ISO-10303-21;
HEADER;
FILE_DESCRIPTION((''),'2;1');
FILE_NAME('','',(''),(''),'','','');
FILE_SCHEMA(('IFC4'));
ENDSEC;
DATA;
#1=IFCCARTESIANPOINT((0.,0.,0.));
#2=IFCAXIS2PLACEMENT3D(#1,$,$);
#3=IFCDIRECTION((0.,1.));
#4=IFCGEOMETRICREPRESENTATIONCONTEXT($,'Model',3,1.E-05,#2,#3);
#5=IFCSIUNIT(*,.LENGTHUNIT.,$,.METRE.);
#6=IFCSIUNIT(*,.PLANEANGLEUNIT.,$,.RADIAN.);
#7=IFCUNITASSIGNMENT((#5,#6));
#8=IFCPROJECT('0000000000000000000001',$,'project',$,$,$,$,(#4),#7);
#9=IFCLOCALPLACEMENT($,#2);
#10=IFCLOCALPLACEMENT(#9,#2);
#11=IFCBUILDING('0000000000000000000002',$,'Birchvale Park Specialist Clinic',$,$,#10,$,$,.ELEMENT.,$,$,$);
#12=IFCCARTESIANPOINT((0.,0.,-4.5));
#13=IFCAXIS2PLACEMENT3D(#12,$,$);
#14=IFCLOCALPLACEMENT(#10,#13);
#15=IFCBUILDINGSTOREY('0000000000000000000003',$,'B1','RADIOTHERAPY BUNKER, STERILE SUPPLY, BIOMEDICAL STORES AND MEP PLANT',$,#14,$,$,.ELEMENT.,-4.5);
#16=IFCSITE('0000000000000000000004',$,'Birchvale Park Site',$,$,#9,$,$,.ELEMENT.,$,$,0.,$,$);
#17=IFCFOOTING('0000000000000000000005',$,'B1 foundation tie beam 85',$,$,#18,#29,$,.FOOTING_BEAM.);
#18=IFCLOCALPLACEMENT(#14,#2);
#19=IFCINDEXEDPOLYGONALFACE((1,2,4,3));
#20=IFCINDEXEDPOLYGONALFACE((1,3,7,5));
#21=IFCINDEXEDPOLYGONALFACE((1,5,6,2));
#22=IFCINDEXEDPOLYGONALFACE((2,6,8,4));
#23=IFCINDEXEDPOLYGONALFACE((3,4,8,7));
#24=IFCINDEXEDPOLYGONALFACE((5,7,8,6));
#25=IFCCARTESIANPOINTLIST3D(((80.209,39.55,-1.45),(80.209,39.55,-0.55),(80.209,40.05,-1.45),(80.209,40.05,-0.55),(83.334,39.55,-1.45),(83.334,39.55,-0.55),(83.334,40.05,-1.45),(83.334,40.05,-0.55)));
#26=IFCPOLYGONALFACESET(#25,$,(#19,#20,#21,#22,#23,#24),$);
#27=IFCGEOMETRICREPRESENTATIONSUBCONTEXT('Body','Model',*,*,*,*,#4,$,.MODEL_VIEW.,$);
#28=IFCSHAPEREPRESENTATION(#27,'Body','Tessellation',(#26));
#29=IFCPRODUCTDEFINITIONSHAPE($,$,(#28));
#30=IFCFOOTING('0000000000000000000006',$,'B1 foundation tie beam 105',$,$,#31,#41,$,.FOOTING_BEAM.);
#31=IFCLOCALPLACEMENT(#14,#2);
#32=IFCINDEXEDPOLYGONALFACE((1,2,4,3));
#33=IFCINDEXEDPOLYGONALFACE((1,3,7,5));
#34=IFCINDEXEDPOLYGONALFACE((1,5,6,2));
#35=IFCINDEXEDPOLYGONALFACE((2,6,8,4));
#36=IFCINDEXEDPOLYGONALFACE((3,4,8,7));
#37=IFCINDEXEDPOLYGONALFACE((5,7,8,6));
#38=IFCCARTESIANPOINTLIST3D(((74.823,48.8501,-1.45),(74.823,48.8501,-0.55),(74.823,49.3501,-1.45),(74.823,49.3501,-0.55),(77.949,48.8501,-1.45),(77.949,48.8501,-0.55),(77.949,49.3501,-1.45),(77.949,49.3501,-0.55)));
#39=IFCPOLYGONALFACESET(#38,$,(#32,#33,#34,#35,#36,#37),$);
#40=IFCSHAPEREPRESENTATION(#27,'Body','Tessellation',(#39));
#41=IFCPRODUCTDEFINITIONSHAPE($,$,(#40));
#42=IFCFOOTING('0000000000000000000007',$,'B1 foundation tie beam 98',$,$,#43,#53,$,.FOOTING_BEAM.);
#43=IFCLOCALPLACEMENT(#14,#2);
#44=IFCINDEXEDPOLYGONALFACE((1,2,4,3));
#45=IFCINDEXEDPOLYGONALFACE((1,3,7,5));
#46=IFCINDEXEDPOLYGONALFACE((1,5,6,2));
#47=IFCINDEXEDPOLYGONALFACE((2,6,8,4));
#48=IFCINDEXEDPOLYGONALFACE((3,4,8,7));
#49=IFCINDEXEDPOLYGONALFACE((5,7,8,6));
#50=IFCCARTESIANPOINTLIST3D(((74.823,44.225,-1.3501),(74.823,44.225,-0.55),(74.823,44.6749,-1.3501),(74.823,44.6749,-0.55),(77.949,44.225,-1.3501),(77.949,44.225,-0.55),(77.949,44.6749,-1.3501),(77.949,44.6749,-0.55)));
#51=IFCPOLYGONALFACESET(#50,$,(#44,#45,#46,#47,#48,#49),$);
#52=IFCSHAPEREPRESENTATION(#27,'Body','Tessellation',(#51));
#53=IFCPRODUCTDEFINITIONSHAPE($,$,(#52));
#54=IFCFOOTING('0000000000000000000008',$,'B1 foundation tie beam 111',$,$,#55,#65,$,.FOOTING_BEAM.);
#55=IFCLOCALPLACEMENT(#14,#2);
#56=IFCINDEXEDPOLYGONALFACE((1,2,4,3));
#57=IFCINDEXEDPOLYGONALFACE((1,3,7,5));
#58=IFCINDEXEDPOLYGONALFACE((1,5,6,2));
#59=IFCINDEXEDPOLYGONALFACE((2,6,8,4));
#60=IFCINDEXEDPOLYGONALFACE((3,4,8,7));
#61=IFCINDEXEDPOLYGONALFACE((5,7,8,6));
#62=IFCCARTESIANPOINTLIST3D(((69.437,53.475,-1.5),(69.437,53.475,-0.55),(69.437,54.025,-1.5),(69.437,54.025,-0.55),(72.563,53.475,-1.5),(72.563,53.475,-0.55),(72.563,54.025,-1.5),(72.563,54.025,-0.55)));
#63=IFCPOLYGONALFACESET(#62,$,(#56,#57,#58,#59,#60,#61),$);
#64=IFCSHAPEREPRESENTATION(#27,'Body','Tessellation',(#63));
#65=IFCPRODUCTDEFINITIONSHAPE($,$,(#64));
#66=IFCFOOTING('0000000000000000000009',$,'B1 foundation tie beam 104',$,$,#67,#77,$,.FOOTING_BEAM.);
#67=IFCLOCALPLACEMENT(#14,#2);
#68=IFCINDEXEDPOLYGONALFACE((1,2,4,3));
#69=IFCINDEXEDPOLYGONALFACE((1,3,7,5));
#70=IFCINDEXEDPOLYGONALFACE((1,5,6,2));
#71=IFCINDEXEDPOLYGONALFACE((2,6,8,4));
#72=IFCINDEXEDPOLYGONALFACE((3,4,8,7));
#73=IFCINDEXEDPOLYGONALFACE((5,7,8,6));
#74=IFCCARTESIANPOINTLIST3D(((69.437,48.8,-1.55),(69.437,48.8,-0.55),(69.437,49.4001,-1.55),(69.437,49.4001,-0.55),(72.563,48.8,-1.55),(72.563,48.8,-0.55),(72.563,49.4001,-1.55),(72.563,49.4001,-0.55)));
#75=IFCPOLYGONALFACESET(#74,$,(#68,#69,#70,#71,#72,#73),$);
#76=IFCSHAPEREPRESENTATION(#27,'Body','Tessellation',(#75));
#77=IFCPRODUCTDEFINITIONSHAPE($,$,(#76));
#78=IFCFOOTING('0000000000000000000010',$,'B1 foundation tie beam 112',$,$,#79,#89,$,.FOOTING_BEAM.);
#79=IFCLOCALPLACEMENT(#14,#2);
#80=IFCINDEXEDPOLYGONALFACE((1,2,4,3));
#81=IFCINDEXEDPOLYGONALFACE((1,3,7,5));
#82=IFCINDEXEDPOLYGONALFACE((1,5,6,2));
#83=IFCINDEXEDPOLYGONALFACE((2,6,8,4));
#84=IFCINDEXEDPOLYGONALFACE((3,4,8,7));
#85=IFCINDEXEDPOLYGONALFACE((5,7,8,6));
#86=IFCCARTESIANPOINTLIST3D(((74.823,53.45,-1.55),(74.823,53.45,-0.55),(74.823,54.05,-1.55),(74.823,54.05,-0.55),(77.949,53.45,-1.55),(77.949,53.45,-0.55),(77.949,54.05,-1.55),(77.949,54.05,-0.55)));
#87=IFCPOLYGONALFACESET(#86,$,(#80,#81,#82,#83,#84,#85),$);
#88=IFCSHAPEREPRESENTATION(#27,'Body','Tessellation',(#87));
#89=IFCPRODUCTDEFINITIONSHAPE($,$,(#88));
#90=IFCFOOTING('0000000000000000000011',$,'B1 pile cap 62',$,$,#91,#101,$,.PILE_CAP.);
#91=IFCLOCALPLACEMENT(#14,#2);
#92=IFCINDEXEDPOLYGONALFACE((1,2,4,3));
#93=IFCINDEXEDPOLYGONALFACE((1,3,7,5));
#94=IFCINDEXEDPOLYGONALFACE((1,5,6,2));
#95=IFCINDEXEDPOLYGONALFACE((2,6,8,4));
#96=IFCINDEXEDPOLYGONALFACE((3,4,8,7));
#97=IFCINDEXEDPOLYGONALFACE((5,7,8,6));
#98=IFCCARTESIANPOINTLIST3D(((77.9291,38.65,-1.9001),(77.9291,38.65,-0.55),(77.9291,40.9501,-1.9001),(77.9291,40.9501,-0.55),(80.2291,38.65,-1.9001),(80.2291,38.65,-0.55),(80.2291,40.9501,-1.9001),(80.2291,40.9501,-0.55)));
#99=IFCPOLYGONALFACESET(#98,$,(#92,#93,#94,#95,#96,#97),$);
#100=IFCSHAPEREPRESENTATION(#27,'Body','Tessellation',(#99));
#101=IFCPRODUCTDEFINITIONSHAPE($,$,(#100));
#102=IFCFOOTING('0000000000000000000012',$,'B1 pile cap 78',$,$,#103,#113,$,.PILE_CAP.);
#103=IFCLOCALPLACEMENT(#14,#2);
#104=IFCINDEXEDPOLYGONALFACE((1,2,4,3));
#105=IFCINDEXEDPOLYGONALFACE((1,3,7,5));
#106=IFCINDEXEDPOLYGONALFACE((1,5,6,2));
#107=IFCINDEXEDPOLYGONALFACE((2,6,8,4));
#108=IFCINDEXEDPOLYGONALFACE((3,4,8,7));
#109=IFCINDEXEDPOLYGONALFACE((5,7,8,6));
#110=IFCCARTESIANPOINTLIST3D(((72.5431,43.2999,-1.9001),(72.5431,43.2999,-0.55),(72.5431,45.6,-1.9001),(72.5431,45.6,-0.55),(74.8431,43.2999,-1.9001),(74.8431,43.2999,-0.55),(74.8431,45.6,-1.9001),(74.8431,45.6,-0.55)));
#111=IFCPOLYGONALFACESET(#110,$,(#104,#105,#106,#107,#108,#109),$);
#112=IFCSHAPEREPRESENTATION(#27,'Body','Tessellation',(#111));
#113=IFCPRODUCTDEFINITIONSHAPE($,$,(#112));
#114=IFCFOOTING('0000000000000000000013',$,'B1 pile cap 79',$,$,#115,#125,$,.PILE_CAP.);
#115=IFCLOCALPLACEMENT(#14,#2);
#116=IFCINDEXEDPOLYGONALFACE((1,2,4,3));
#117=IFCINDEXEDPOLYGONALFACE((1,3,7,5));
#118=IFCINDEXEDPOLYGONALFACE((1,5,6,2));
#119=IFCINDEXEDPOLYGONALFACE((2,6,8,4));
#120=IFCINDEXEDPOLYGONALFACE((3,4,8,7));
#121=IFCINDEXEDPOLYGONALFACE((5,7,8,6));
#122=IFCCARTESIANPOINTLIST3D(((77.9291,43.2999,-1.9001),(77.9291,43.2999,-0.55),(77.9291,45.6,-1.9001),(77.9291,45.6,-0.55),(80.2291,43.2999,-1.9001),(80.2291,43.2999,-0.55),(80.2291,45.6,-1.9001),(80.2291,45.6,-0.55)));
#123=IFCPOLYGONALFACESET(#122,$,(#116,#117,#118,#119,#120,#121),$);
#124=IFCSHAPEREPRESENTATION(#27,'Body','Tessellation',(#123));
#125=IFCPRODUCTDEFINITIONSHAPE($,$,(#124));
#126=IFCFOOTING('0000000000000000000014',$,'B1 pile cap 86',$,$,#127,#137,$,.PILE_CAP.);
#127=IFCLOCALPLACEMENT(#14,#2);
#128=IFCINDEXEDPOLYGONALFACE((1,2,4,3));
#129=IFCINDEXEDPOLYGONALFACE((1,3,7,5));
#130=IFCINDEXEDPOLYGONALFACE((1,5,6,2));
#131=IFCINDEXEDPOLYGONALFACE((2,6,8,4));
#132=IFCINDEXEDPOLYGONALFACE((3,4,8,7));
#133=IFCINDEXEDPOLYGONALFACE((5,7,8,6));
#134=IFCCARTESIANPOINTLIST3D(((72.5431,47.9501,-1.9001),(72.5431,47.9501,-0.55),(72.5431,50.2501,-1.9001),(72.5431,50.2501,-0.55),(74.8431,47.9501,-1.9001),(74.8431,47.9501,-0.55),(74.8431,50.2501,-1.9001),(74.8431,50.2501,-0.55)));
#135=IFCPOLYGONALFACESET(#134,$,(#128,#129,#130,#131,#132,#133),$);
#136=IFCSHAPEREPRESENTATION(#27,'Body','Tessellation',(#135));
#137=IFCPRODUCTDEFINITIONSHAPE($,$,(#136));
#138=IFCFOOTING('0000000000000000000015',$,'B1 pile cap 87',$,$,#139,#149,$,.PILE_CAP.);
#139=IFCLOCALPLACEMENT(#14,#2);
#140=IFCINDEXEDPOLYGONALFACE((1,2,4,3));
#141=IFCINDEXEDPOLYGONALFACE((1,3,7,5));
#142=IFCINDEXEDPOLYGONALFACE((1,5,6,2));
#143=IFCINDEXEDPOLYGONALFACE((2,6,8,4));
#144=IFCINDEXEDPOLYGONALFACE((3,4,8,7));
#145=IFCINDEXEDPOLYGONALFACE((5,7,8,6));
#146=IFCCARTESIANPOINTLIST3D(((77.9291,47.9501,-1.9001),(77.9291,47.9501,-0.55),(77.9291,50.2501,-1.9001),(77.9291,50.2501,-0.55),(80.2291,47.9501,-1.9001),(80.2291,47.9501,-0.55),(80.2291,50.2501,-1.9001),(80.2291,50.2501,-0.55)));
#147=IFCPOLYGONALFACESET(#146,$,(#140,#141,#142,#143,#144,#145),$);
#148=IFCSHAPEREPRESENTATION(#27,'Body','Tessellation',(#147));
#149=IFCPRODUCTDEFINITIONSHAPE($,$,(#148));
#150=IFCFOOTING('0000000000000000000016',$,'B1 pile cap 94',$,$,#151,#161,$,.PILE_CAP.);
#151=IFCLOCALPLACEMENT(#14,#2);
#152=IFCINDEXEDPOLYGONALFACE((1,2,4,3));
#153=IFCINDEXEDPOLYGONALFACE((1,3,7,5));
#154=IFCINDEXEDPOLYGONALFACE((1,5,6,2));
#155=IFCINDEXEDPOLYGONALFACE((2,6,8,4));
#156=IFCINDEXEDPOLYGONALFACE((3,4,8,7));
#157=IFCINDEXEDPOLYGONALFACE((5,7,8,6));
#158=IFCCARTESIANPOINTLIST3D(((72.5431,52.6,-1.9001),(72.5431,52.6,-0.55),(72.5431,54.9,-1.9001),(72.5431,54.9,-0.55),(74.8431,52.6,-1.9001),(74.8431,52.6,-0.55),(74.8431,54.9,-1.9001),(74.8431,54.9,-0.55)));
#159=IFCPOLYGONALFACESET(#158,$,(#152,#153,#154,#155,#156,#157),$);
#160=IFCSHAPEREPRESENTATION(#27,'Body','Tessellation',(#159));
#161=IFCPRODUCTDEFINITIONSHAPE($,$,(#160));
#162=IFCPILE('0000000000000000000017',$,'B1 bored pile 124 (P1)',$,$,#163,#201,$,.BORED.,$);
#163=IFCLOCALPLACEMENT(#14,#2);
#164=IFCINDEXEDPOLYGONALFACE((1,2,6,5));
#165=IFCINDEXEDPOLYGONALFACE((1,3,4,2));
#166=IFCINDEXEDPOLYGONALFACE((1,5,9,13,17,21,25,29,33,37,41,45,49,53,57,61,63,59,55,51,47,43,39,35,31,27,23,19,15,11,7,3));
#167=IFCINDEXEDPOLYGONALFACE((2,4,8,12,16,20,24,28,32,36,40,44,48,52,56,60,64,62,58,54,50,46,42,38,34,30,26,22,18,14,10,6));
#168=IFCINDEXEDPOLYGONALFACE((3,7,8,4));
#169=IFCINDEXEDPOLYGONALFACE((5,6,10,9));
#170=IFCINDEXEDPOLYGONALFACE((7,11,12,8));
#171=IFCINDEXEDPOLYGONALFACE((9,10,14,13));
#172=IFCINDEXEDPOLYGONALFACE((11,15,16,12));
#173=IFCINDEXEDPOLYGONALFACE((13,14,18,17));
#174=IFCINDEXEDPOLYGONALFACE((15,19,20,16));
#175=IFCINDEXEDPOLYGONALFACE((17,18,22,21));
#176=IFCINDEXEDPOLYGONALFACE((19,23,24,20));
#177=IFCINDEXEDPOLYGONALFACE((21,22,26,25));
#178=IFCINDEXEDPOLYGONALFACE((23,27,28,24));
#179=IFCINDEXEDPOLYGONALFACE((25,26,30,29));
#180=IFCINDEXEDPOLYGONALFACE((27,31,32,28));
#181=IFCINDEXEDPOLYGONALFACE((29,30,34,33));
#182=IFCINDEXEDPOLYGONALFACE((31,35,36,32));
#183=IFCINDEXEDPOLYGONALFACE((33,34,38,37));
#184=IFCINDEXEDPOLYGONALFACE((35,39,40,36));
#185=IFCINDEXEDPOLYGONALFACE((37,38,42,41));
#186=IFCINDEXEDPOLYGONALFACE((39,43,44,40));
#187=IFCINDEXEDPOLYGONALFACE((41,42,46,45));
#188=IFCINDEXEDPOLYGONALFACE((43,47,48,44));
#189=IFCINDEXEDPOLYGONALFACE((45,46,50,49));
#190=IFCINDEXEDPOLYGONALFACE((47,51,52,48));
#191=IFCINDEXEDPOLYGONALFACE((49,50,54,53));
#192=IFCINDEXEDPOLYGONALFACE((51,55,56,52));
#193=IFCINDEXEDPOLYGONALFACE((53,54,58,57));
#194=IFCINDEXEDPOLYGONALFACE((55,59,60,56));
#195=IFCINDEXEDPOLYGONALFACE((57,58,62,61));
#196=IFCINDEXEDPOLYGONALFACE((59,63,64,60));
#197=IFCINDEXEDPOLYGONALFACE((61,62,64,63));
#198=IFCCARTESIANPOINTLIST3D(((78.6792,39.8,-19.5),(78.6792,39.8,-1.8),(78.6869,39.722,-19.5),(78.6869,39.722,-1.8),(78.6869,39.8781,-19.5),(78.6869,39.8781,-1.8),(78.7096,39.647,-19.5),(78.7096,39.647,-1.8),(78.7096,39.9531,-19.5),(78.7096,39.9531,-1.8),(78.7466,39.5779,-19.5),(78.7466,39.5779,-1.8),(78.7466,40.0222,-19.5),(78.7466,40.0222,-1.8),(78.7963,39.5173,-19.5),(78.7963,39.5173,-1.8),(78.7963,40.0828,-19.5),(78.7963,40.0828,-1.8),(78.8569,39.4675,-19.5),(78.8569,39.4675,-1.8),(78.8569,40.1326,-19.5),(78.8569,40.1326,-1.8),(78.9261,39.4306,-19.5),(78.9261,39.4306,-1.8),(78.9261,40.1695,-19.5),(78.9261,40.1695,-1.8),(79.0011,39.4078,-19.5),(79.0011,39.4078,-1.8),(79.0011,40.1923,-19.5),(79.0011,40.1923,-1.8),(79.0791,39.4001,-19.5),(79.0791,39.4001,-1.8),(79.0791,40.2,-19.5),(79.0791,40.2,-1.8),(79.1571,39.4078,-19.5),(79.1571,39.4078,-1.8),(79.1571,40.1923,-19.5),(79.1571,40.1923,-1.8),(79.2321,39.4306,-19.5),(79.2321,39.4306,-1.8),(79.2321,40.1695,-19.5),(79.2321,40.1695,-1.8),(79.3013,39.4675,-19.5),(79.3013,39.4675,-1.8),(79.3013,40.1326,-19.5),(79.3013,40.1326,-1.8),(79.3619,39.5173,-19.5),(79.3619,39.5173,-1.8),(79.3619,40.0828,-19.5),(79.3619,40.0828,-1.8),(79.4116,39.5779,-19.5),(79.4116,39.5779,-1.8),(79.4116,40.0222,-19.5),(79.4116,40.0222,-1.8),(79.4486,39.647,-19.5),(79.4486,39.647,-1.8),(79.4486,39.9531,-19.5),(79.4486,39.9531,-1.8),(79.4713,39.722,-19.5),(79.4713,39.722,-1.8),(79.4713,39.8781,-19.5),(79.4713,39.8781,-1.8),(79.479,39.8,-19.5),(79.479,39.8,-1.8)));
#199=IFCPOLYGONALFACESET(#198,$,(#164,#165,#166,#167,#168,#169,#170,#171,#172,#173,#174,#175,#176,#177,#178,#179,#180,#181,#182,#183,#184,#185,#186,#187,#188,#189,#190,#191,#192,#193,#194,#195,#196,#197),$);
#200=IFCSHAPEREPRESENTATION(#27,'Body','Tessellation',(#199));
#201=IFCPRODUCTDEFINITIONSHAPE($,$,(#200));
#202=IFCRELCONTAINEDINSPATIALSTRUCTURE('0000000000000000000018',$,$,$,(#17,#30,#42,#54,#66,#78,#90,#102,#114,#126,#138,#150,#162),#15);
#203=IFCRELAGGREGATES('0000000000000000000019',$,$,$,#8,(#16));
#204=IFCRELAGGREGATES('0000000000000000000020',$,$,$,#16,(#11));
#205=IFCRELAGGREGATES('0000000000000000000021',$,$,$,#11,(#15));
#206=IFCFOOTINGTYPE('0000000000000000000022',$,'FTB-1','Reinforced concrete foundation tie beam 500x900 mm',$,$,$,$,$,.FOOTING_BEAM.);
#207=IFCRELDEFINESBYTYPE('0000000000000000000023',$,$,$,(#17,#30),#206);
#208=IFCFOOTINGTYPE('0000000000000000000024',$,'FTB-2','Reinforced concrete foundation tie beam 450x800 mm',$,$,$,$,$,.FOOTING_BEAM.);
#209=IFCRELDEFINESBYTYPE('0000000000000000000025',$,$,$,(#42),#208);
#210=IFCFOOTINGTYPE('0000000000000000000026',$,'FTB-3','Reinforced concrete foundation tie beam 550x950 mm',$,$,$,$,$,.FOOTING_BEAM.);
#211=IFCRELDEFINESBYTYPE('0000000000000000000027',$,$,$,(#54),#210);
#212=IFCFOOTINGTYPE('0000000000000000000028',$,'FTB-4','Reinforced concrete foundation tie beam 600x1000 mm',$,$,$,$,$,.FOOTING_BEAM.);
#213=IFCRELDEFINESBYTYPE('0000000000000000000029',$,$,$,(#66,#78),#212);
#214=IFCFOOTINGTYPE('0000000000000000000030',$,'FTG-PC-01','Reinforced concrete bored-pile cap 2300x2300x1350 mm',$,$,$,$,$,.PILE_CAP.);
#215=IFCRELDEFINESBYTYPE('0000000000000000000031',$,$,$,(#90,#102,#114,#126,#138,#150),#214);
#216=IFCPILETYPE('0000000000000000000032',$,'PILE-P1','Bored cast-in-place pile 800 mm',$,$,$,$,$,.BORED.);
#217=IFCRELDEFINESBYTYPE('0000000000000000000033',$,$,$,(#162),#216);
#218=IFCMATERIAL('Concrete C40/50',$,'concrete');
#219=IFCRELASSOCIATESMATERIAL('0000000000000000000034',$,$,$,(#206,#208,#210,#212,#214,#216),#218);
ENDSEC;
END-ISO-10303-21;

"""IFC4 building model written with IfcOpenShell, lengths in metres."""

from ifc_helpers import new_model, si_unit, direction, frame, origin, origin_2d, place, context, subcontext, project, spatial, rectangle, circle, extrude, material, material_profile, profile_set, type_object, element, save


model = new_model("IFC4")

# Units and contexts
model_context = context("Model", 3, precision=1e-05, world=origin(), true_north=direction((0.0, 1.0)))
body_context = subcontext(model_context, "Body", "Model", "MODEL_VIEW")
ifc_project = project(units=[si_unit("LENGTHUNIT", "METRE"), si_unit("PLANEANGLEUNIT", "RADIAN")], contexts=[model_context])

# Site, building, storey
site_placement = place(None, origin())
site = spatial("IfcSite", under=ifc_project, at=site_placement, Name="Birchvale Park Site", CompositionType="ELEMENT", RefElevation=0.0)
building_placement = place(site_placement, origin())
building = spatial("IfcBuilding", under=site, at=building_placement, Name="Birchvale Park Specialist Clinic", CompositionType="ELEMENT")
storey_placement = place(building_placement, frame((0.0, 0.0, -4.5)))
storey = spatial("IfcBuildingStorey", under=building, at=storey_placement, Name="B1", Description="RADIOTHERAPY BUNKER, STERILE SUPPLY, BIOMEDICAL STORES AND MEP PLANT", CompositionType="ELEMENT", Elevation=-4.5)

# Footings
ifc_material = material(Name="Concrete C40/50", Category="concrete")
footing_type_1 = type_object("IfcFootingType", Name="FTB-1", Description="Reinforced concrete foundation tie beam 500x900 mm", PredefinedType="FOOTING_BEAM", material=ifc_material)
footing_1_placement = place(storey_placement, frame((81.7715, 39.8, -1.45), z_axis=(0.0, 0.0, 1.0), x_axis=(1.0, 0.0, 0.0)))
element("IfcFooting", 1, at=footing_1_placement, inside=storey, type_object=footing_type_1, Name="B1 foundation tie beam 85", PredefinedType="FOOTING_BEAM", context=body_context, shape_type="SweptSolid", body=[
    extrude(rectangle(XDim=3.125, YDim=0.5, at=origin_2d()), origin(), (0.0, 0.0, 1.0), 0.8999),
])
footing_2_placement = place(storey_placement, frame((76.386, 49.1001, -1.45), z_axis=(0.0, 0.0, 1.0), x_axis=(1.0, 0.0, 0.0)))
element("IfcFooting", 2, at=footing_2_placement, inside=storey, type_object=footing_type_1, Name="B1 foundation tie beam 105", PredefinedType="FOOTING_BEAM", context=body_context, shape_type="SweptSolid", body=[
    extrude(rectangle(XDim=3.126, YDim=0.5, at=origin_2d()), origin(), (0.0, 0.0, 1.0), 0.8999),
])
footing_type_2 = type_object("IfcFootingType", Name="FTB-2", Description="Reinforced concrete foundation tie beam 450x800 mm", PredefinedType="FOOTING_BEAM", material=ifc_material)
footing_3_placement = place(storey_placement, frame((76.386, 44.45, -1.3501), z_axis=(0.0, 0.0, 1.0), x_axis=(1.0, 0.0, 0.0)))
element("IfcFooting", 3, at=footing_3_placement, inside=storey, type_object=footing_type_2, Name="B1 foundation tie beam 98", PredefinedType="FOOTING_BEAM", context=body_context, shape_type="SweptSolid", body=[
    extrude(rectangle(XDim=3.126, YDim=0.45, at=origin_2d()), origin(), (0.0, 0.0, 1.0), 0.8),
])
footing_type_3 = type_object("IfcFootingType", Name="FTB-3", Description="Reinforced concrete foundation tie beam 550x950 mm", PredefinedType="FOOTING_BEAM", material=ifc_material)
footing_4_placement = place(storey_placement, frame((71.0, 53.75, -1.5), z_axis=(0.0, 0.0, 1.0), x_axis=(1.0, 0.0, 0.0)))
element("IfcFooting", 4, at=footing_4_placement, inside=storey, type_object=footing_type_3, Name="B1 foundation tie beam 111", PredefinedType="FOOTING_BEAM", context=body_context, shape_type="SweptSolid", body=[
    extrude(rectangle(XDim=3.126, YDim=0.55, at=origin_2d()), origin(), (0.0, 0.0, 1.0), 0.95),
])
footing_type_4 = type_object("IfcFootingType", Name="FTB-4", Description="Reinforced concrete foundation tie beam 600x1000 mm", PredefinedType="FOOTING_BEAM", material=ifc_material)
for number, where, z_axis, x_axis, name in (
    (5, (71.0, 49.1001, -1.55), (0.0, 0.0, 1.0), (1.0, 0.0, 0.0), "B1 foundation tie beam 104"),
    (6, (76.386, 53.75, -1.55), (0.0, 0.0, 1.0), (1.0, 0.0, 0.0), "B1 foundation tie beam 112"),
):
    element("IfcFooting", number, at=place(storey_placement, frame(where, z_axis=z_axis, x_axis=x_axis)), inside=storey, type_object=footing_type_4, Name=name, PredefinedType="FOOTING_BEAM", context=body_context, shape_type="SweptSolid", body=[
        extrude(rectangle(XDim=3.126, YDim=0.6001, at=origin_2d()), origin(), (0.0, 0.0, 1.0), 1.0),
    ])
footing_type_5 = type_object("IfcFootingType", Name="FTG-PC-01", Description="Reinforced concrete bored-pile cap 2300x2300x1350 mm", PredefinedType="PILE_CAP", material=ifc_material)
for number, where, z_axis, x_axis, name in (
    (7, (79.0791, 39.8, -1.9001), (0.0, 0.0, 1.0), (1.0, 0.0, 0.0), "B1 pile cap 62"),
    (8, (73.6931, 44.45, -1.9001), (0.0, 0.0, 1.0), (1.0, 0.0, 0.0), "B1 pile cap 78"),
    (9, (79.0791, 44.45, -1.9001), (0.0, 0.0, 1.0), (1.0, 0.0, 0.0), "B1 pile cap 79"),
    (10, (73.6931, 49.1001, -1.9001), (0.0, 0.0, 1.0), (1.0, 0.0, 0.0), "B1 pile cap 86"),
    (11, (79.0791, 49.1001, -1.9001), (0.0, 0.0, 1.0), (1.0, 0.0, 0.0), "B1 pile cap 87"),
    (12, (73.6931, 53.75, -1.9001), (0.0, 0.0, 1.0), (1.0, 0.0, 0.0), "B1 pile cap 94"),
):
    element("IfcFooting", number, at=place(storey_placement, frame(where, z_axis=z_axis, x_axis=x_axis)), inside=storey, type_object=footing_type_5, Name=name, PredefinedType="PILE_CAP", context=body_context, shape_type="SweptSolid", body=[
        extrude(rectangle(XDim=2.3, YDim=2.3, at=origin_2d()), origin(), (0.0, 0.0, 1.0), 1.3501),
    ])

# Pile
ifc_material_profile_1 = material_profile(ifc_material, circle(Radius=0.3999, at=origin_2d()), Name="PILE-800")
ifc_profile_set_1 = profile_set([ifc_material_profile_1], Name="Concrete C40/50")
pile_type_1 = type_object("IfcPileType", Name="PILE-P1", Description="Bored cast-in-place pile 800 mm", PredefinedType="BORED", material=ifc_profile_set_1)
for number, where, z_axis, x_axis, name in (
    (13, (79.0791, 39.8, -1.8), (0.0, 0.0, -1.0), (1.0, 0.0, 0.0), "B1 bored pile 124 (P1)"),
):
    element("IfcPile", number, at=place(storey_placement, frame(where, z_axis=z_axis, x_axis=x_axis)), inside=storey, type_object=pile_type_1, Name=name, PredefinedType="BORED", context=body_context, shape_type="SweptSolid", body=[
        extrude(circle(Radius=0.3999, at=origin_2d()), origin(), (0.0, 0.0, 1.0), 17.7),
    ])

save(model, "model.ifc")
